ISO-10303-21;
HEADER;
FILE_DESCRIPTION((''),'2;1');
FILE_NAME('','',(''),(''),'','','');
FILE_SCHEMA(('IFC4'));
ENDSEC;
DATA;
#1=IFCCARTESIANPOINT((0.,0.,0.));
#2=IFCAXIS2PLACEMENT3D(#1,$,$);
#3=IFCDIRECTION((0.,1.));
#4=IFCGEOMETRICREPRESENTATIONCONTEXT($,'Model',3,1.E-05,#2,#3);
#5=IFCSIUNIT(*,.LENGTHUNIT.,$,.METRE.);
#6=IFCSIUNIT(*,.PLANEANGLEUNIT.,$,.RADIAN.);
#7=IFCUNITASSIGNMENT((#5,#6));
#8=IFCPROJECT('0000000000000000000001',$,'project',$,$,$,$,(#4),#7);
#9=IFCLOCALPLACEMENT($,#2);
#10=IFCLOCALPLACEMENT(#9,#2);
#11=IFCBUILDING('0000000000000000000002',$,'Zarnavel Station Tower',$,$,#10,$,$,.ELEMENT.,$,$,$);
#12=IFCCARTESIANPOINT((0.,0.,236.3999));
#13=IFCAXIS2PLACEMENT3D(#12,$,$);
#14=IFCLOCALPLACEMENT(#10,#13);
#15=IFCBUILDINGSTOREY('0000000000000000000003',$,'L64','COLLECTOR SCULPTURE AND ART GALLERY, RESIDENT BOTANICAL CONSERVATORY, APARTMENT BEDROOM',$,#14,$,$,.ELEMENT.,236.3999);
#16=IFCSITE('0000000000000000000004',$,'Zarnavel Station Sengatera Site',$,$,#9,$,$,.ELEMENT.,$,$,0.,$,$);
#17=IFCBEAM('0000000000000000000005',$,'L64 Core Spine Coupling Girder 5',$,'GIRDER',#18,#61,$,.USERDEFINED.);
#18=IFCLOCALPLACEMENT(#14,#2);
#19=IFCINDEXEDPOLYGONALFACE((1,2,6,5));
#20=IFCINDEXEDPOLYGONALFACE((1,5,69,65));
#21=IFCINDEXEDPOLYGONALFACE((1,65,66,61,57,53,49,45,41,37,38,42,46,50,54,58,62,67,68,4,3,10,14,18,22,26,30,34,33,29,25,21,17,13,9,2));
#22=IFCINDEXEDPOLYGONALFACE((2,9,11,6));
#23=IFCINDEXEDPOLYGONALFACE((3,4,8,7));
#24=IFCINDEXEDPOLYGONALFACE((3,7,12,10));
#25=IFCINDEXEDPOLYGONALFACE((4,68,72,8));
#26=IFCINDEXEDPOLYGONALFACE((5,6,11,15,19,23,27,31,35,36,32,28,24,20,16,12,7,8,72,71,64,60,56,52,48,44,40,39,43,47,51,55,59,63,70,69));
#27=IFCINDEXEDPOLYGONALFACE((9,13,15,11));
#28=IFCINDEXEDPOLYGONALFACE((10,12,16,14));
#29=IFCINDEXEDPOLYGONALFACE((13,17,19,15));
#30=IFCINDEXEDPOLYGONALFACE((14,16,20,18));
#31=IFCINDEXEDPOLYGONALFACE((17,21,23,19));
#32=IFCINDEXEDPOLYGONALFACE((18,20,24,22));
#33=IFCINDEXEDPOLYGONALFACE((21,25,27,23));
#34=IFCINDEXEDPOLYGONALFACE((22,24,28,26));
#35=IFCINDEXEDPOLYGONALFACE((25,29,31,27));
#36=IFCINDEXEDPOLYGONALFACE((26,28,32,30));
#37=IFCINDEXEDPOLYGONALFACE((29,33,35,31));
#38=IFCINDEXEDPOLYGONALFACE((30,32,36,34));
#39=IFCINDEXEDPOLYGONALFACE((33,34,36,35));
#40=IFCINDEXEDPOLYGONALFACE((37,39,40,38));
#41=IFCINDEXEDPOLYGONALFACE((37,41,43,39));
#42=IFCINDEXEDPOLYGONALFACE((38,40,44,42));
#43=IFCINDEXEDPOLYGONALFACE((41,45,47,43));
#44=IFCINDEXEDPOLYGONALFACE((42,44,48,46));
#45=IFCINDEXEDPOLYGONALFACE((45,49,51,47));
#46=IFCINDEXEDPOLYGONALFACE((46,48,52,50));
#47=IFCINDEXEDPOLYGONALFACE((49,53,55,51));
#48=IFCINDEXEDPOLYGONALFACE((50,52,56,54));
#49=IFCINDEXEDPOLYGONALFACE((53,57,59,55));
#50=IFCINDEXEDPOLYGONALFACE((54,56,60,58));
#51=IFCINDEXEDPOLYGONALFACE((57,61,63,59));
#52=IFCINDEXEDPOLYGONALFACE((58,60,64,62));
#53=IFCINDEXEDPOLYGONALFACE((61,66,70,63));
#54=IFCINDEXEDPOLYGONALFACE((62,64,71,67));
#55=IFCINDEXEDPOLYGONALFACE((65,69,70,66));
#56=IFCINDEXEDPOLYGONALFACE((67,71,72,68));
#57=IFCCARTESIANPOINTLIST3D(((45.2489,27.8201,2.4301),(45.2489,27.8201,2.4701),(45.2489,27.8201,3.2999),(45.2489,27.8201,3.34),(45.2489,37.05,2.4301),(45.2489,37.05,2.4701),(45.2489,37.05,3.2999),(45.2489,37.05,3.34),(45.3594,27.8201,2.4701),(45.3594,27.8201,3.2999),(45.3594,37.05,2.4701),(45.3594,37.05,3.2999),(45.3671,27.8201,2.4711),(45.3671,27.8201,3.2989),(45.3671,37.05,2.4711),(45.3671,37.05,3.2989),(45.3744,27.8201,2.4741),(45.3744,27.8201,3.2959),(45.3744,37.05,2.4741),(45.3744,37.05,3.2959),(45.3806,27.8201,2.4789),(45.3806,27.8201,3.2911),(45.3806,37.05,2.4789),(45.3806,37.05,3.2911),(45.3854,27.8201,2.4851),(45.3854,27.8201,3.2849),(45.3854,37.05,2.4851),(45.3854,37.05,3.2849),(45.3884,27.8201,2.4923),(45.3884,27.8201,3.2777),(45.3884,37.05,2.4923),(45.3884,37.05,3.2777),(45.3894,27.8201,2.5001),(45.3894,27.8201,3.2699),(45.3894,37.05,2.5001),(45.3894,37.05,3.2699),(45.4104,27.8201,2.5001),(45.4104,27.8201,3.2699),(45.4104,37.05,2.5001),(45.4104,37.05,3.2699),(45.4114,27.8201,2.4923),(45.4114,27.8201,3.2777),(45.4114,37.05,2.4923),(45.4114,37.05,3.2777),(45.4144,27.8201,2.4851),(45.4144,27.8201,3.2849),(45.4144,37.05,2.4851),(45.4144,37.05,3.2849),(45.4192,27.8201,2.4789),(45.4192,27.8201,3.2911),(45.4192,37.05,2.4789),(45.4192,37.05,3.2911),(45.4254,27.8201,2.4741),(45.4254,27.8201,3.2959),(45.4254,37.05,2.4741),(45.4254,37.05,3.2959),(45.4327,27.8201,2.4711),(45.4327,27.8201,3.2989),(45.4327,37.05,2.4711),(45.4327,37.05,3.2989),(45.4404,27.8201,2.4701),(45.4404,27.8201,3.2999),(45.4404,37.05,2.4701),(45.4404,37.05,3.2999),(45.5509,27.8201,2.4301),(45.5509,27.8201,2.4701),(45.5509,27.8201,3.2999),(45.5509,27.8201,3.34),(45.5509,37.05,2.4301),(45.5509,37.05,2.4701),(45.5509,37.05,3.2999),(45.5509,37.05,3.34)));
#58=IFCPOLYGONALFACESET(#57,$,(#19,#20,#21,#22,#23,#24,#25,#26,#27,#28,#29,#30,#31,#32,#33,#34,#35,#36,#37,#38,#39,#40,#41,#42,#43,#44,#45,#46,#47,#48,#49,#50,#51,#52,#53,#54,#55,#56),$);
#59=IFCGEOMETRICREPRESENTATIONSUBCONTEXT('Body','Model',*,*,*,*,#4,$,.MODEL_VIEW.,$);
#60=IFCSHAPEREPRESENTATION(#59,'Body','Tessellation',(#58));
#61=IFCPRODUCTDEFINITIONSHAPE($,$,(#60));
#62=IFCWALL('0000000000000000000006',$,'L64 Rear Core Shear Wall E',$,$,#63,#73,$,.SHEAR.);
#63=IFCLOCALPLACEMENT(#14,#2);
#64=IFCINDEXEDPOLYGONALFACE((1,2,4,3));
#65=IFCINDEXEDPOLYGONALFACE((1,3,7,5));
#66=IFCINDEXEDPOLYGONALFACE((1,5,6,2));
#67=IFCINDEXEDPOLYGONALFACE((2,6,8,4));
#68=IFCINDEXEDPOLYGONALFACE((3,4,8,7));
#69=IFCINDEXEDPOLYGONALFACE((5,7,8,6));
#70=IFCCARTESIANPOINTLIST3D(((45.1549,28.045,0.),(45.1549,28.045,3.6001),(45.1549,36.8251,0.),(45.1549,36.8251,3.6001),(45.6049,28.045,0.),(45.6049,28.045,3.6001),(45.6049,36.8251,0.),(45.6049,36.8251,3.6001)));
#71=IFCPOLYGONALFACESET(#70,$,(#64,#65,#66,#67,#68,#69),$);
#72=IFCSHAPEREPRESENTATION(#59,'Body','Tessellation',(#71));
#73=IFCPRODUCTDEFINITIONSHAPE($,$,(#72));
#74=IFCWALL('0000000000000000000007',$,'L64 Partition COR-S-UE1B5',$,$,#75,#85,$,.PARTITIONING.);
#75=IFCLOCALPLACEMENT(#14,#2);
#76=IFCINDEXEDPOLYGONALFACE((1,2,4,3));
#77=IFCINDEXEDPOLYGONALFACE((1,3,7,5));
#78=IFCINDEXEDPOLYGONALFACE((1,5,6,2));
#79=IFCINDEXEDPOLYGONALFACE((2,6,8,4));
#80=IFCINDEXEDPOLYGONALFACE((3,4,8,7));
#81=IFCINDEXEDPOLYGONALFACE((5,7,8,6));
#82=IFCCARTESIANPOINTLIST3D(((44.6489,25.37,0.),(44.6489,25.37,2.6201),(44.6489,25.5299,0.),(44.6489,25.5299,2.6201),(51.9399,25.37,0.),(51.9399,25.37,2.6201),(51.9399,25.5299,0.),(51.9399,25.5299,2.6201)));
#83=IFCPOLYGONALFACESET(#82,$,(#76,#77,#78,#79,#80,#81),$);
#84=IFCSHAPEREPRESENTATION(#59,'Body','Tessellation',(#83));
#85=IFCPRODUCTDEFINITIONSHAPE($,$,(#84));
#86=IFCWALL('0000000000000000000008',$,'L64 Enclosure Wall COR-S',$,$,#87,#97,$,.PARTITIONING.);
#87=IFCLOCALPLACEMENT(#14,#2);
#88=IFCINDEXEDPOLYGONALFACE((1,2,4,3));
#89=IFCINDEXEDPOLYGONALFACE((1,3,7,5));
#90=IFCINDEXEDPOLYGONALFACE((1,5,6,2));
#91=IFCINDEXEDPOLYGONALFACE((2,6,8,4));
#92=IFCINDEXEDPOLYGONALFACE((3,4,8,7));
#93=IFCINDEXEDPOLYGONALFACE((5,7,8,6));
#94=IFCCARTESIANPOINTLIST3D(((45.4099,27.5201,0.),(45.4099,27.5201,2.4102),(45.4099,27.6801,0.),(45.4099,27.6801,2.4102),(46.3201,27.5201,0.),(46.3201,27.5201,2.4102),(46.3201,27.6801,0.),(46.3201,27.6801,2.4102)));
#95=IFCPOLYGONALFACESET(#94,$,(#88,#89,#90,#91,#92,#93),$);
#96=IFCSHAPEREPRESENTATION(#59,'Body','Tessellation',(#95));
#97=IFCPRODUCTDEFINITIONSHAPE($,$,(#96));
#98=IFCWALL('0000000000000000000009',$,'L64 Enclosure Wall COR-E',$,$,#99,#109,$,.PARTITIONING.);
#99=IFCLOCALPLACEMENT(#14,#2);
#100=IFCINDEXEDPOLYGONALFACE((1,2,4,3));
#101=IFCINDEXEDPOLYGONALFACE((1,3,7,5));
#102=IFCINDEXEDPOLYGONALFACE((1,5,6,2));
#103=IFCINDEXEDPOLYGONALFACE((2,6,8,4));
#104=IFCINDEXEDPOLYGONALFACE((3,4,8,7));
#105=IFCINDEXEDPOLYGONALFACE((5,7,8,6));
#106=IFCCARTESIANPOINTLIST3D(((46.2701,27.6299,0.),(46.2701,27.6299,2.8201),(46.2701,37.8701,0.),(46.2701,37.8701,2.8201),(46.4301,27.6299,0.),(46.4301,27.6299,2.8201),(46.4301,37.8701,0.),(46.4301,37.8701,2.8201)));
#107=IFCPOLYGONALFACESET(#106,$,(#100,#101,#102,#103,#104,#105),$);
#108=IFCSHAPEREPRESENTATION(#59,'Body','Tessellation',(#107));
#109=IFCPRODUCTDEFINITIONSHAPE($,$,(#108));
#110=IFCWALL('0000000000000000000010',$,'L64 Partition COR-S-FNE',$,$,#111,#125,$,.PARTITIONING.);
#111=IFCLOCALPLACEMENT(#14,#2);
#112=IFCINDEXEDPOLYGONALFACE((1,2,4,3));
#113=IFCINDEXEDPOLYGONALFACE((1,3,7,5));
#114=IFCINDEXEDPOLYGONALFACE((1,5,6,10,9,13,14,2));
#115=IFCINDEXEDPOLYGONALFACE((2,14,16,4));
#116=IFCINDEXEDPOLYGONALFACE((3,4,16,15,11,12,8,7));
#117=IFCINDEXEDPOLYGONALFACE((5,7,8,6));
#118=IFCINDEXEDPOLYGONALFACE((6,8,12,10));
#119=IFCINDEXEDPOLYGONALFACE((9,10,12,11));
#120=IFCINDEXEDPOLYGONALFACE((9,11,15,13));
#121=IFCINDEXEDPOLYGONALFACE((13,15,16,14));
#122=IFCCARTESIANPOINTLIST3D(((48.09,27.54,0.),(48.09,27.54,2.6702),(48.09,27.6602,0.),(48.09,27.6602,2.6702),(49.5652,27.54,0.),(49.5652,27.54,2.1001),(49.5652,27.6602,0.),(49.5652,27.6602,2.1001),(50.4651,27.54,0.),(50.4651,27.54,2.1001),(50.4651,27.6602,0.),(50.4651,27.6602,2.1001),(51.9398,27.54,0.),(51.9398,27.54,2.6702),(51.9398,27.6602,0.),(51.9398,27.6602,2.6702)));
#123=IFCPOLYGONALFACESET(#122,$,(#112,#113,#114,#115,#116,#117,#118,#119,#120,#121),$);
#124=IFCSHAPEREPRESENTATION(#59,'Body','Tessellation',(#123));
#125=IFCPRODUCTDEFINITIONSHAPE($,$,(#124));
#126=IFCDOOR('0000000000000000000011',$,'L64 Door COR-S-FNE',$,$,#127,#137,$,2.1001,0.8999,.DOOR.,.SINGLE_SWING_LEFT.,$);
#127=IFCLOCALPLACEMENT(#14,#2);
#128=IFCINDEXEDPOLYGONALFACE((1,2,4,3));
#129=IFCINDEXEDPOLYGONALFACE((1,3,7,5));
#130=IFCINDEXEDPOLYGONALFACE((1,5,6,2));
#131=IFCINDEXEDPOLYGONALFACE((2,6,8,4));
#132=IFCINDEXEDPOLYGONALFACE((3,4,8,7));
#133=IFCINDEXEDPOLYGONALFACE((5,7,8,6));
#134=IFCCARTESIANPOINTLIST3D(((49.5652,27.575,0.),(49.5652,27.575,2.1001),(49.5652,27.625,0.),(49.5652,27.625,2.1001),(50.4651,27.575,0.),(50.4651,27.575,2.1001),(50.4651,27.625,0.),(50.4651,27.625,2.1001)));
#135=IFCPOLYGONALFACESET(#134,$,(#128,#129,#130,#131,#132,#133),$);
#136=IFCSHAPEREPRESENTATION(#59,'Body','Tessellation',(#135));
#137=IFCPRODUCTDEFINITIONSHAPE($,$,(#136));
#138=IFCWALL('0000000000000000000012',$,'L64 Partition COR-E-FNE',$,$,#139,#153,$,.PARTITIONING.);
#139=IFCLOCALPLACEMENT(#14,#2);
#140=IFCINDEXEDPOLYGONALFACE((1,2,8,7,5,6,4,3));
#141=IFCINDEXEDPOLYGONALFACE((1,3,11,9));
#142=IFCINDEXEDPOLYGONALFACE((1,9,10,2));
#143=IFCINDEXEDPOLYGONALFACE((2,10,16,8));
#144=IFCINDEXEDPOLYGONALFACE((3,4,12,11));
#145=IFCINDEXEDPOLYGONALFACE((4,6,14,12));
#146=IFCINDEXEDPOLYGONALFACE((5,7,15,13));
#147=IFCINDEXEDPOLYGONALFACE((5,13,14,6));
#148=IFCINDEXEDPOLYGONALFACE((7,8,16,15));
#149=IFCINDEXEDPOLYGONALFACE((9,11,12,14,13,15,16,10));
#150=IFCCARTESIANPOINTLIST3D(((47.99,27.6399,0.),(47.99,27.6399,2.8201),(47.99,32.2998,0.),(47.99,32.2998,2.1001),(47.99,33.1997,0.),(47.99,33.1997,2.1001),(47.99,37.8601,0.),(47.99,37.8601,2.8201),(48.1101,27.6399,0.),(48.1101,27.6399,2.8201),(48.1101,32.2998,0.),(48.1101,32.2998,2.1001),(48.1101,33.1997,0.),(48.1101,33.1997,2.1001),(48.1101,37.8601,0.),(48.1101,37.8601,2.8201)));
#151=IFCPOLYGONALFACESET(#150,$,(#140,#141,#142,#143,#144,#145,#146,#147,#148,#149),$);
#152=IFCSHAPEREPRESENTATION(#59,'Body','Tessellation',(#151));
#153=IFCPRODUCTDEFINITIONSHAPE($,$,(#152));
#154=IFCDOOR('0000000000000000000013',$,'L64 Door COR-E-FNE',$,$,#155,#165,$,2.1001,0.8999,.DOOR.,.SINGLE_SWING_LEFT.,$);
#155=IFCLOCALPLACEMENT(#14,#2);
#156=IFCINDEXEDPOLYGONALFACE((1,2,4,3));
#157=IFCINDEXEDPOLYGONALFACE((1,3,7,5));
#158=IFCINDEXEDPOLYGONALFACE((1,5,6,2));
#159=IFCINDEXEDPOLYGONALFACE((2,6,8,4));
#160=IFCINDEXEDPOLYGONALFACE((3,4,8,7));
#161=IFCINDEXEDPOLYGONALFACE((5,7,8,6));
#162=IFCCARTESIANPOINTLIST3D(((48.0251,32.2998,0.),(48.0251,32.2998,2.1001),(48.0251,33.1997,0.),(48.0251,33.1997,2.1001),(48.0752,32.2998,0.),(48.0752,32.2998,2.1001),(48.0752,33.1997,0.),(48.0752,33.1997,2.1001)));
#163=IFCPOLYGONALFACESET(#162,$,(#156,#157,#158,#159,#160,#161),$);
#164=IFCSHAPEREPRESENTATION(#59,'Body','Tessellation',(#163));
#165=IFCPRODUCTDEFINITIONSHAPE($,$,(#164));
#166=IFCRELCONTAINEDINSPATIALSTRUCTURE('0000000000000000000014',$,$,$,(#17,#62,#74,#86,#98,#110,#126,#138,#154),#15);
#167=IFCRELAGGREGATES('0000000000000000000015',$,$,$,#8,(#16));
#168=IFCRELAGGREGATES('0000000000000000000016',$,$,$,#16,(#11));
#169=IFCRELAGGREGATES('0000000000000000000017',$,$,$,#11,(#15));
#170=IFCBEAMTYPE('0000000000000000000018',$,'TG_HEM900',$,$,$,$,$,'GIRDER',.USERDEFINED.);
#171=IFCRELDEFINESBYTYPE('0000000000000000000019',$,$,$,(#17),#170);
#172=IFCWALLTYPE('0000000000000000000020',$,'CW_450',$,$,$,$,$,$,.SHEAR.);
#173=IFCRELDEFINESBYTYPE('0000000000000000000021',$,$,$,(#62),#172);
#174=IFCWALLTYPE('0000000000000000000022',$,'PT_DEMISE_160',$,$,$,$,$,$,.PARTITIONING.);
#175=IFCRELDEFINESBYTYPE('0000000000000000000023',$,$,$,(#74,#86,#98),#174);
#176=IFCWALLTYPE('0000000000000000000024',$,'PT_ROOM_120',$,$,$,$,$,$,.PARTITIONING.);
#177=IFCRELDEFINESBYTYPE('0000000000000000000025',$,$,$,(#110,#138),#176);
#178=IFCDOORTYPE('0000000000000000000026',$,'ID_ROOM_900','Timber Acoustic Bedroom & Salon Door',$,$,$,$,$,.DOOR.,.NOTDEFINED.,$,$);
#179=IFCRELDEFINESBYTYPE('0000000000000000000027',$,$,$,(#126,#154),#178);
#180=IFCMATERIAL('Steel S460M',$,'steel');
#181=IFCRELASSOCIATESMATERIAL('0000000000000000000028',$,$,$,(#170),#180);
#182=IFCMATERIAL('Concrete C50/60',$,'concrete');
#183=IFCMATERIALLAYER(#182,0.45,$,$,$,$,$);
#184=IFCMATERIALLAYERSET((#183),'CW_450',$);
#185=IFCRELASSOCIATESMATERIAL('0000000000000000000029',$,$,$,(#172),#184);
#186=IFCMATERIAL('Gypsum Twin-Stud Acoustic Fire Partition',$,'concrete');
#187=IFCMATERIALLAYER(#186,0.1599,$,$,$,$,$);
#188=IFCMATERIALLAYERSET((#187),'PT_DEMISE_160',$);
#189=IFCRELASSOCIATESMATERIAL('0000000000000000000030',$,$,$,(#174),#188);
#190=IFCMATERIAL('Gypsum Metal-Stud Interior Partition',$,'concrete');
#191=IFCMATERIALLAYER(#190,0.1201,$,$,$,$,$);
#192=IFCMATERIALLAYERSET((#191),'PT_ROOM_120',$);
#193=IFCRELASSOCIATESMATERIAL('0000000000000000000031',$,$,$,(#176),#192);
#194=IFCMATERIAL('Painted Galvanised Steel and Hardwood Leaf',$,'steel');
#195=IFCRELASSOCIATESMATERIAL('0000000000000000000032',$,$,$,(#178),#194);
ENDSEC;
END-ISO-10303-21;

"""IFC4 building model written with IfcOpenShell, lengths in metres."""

from ifc_helpers import new_model, si_unit, direction, frame, frame_2d, origin, origin_2d, place, context, subcontext, project, spatial, rectangle, i_section, extrude, material, layer, layer_set, material_profile, profile_set, type_object, element, fill, save


model = new_model("IFC4")

# Units and contexts
model_context = context("Model", 3, precision=1e-05, world=origin(), true_north=direction((0.0, 1.0)))
body_context = subcontext(model_context, "Body", "Model", "MODEL_VIEW")
ifc_project = project(units=[si_unit("LENGTHUNIT", "METRE"), si_unit("PLANEANGLEUNIT", "RADIAN")], contexts=[model_context])

# Site, building, storey
site_placement = place(None, origin())
site = spatial("IfcSite", under=ifc_project, at=site_placement, Name="Zarnavel Station Sengatera Site", CompositionType="ELEMENT", RefElevation=0.0)
building_placement = place(site_placement, origin())
building = spatial("IfcBuilding", under=site, at=building_placement, Name="Zarnavel Station Tower", CompositionType="ELEMENT")
storey_placement = place(building_placement, frame((0.0, 0.0, 236.3999)))
storey = spatial("IfcBuildingStorey", under=building, at=storey_placement, Name="L64", Description="COLLECTOR SCULPTURE AND ART GALLERY, RESIDENT BOTANICAL CONSERVATORY, APARTMENT BEDROOM", CompositionType="ELEMENT", Elevation=236.3999)

# Beam
ifc_material_1 = material(Name="Steel S460M", Category="steel")
ifc_material_profile_1 = material_profile(ifc_material_1, i_section(OverallWidth=0.302, OverallDepth=0.9099, WebThickness=0.021, FlangeThickness=0.04, FilletRadius=0.03, at=origin_2d()), Name="HEM900")
ifc_profile_set_1 = profile_set([ifc_material_profile_1], Name="Steel S460M")
beam_type_1 = type_object("IfcBeamType", Name="TG_HEM900", ElementType="GIRDER", PredefinedType="USERDEFINED", material=ifc_profile_set_1)
beam_1_placement = place(storey_placement, frame((45.3999, 27.8201, 2.885), z_axis=(0.0, 1.0, 0.0), x_axis=(-1.0, 0.0, 0.0)))
element("IfcBeam", 1, at=beam_1_placement, inside=storey, type_object=beam_type_1, Name="L64 Core Spine Coupling Girder 5", ObjectType="GIRDER", PredefinedType="USERDEFINED", context=body_context, shape_type="SweptSolid", body=[
    extrude(i_section(OverallWidth=0.302, OverallDepth=0.9099, WebThickness=0.021, FlangeThickness=0.04, FilletRadius=0.03, at=origin_2d()), origin(), (0.0, 0.0, 1.0), 9.23),
])

# Shared definitions
ifc_material_2 = material(Name="Concrete C50/60", Category="concrete")
ifc_layer_1 = layer(ifc_material_2, 0.45)
ifc_layer_set_1 = layer_set([ifc_layer_1], Name="CW_450")
wall_type_1 = type_object("IfcWallType", Name="CW_450", PredefinedType="SHEAR", material=ifc_layer_set_1)

# Wall
wall_1_placement = place(storey_placement, frame((45.3799, 28.0449, 0.0), z_axis=(0.0, 0.0, 1.0), x_axis=(0.0, 1.0, 0.0)))
element("IfcWall", 2, at=wall_1_placement, inside=storey, type_object=wall_type_1, Name="L64 Rear Core Shear Wall E", PredefinedType="SHEAR", context=body_context, shape_type="SweptSolid", body=[
    extrude(rectangle(XDim=8.78, YDim=0.45, at=frame_2d((4.3901, 0.0))), origin(), (0.0, 0.0, 1.0), 3.6001),
])

# Shared definitions
ifc_material_3 = material(Name="Gypsum Twin-Stud Acoustic Fire Partition", Category="concrete")
ifc_layer_2 = layer(ifc_material_3, 0.1599)
ifc_layer_set_2 = layer_set([ifc_layer_2], Name="PT_DEMISE_160")
wall_type_2 = type_object("IfcWallType", Name="PT_DEMISE_160", PredefinedType="PARTITIONING", material=ifc_layer_set_2)

# Walls
wall_2_placement = place(storey_placement, frame((44.6489, 25.45, 0.0), z_axis=(0.0, 0.0, 1.0), x_axis=(1.0, 0.0, 0.0)))
element("IfcWall", 3, at=wall_2_placement, inside=storey, type_object=wall_type_2, Name="L64 Partition COR-S-UE1B5", PredefinedType="PARTITIONING", context=body_context, shape_type="SweptSolid", body=[
    extrude(rectangle(XDim=7.291, YDim=0.1599, at=frame_2d((3.6455, 0.0))), origin(), (0.0, 0.0, 1.0), 2.6201),
])
wall_3_placement = place(storey_placement, frame((45.4099, 27.6001, 0.0), z_axis=(0.0, 0.0, 1.0), x_axis=(1.0, 0.0, 0.0)))
element("IfcWall", 4, at=wall_3_placement, inside=storey, type_object=wall_type_2, Name="L64 Enclosure Wall COR-S", PredefinedType="PARTITIONING", context=body_context, shape_type="SweptSolid", body=[
    extrude(rectangle(XDim=0.9102, YDim=0.1599, at=frame_2d((0.4551, 0.0))), origin(), (0.0, 0.0, 1.0), 2.4102),
])
wall_4_placement = place(storey_placement, frame((46.3501, 27.6299, 0.0), z_axis=(0.0, 0.0, 1.0), x_axis=(0.0, 1.0, 0.0)))
element("IfcWall", 5, at=wall_4_placement, inside=storey, type_object=wall_type_2, Name="L64 Enclosure Wall COR-E", PredefinedType="PARTITIONING", context=body_context, shape_type="SweptSolid", body=[
    extrude(rectangle(XDim=10.2402, YDim=0.1599, at=frame_2d((5.1201, 0.0))), origin(), (0.0, 0.0, 1.0), 2.8201),
])

# Walls, openings, doors
ifc_material_4 = material(Name="Gypsum Metal-Stud Interior Partition", Category="concrete")
ifc_layer_3 = layer(ifc_material_4, 0.1201)
ifc_layer_set_3 = layer_set([ifc_layer_3], Name="PT_ROOM_120")
wall_type_3 = type_object("IfcWallType", Name="PT_ROOM_120", PredefinedType="PARTITIONING", material=ifc_layer_set_3)
wall_5_placement = place(storey_placement, frame((48.0901, 27.6001, 0.0), z_axis=(0.0, 0.0, 1.0), x_axis=(1.0, 0.0, 0.0)))
wall_5 = element("IfcWall", 6, at=wall_5_placement, inside=storey, type_object=wall_type_3, Name="L64 Partition COR-S-FNE", PredefinedType="PARTITIONING", context=body_context, shape_type="SweptSolid", body=[
    extrude(rectangle(XDim=3.8499, YDim=0.1201, at=frame_2d((1.9248, 0.0))), origin(), (0.0, 0.0, 1.0), 2.6702),
])
opening_1_placement = place(wall_5_placement, frame((1.4751, 0.0, 0.0)))
opening_1 = element("IfcOpeningElement", 7, at=opening_1_placement, cuts=wall_5, PredefinedType="OPENING", context=body_context, shape_type="SweptSolid", body=[
    extrude(rectangle(XDim=0.8999, YDim=2.1001, at=frame_2d((0.45, 1.05))), frame((0.0, 0.0701, 0.0), z_axis=(0.0, -1.0, 0.0), x_axis=(1.0, 0.0, 0.0)), (0.0, 0.0, 1.0), 0.1401),
])
ifc_material_5 = material(Name="Painted Galvanised Steel and Hardwood Leaf", Category="steel")
door_type_1 = type_object("IfcDoorType", Name="ID_ROOM_900", Description="Timber Acoustic Bedroom & Salon Door", OperationType="NOTDEFINED", PredefinedType="DOOR", material=ifc_material_5)
door_1_placement = place(opening_1_placement, origin())
door_1 = element("IfcDoor", 8, at=door_1_placement, inside=storey, type_object=door_type_1, Name="L64 Door COR-S-FNE", OperationType="SINGLE_SWING_LEFT", OverallHeight=2.1001, OverallWidth=0.8999, PredefinedType="DOOR", context=body_context, shape_type="SweptSolid", body=[
    extrude(rectangle(XDim=0.8999, YDim=2.1001, at=frame_2d((0.45, 1.05))), frame((0.0, 0.0249, 0.0), z_axis=(0.0, -1.0, 0.0), x_axis=(1.0, 0.0, 0.0)), (0.0, 0.0, 1.0), 0.05),
])
fill(opening_1, door_1)
wall_6_placement = place(storey_placement, frame((48.05, 27.6399, 0.0), z_axis=(0.0, 0.0, 1.0), x_axis=(0.0, 1.0, 0.0)))
wall_6 = element("IfcWall", 9, at=wall_6_placement, inside=storey, type_object=wall_type_3, Name="L64 Partition COR-E-FNE", PredefinedType="PARTITIONING", context=body_context, shape_type="SweptSolid", body=[
    extrude(rectangle(XDim=10.2202, YDim=0.1201, at=frame_2d((5.1101, 0.0))), origin(), (0.0, 0.0, 1.0), 2.8201),
])
opening_2_placement = place(wall_6_placement, frame((4.6599, 0.0, 0.0)))
opening_2 = element("IfcOpeningElement", 10, at=opening_2_placement, cuts=wall_6, PredefinedType="OPENING", context=body_context, shape_type="SweptSolid", body=[
    extrude(rectangle(XDim=0.8999, YDim=2.1001, at=frame_2d((0.45, 1.05))), frame((0.0, 0.0701, 0.0), z_axis=(0.0, -1.0, 0.0), x_axis=(1.0, 0.0, 0.0)), (0.0, 0.0, 1.0), 0.1401),
])
door_2_placement = place(opening_2_placement, origin())
door_2 = element("IfcDoor", 11, at=door_2_placement, inside=storey, type_object=door_type_1, Name="L64 Door COR-E-FNE", OperationType="SINGLE_SWING_LEFT", OverallHeight=2.1001, OverallWidth=0.8999, PredefinedType="DOOR", context=body_context, shape_type="SweptSolid", body=[
    extrude(rectangle(XDim=0.8999, YDim=2.1001, at=frame_2d((0.45, 1.05))), frame((0.0, 0.0249, 0.0), z_axis=(0.0, -1.0, 0.0), x_axis=(1.0, 0.0, 0.0)), (0.0, 0.0, 1.0), 0.05),
])
fill(opening_2, door_2)

save(model, "model.ifc")
